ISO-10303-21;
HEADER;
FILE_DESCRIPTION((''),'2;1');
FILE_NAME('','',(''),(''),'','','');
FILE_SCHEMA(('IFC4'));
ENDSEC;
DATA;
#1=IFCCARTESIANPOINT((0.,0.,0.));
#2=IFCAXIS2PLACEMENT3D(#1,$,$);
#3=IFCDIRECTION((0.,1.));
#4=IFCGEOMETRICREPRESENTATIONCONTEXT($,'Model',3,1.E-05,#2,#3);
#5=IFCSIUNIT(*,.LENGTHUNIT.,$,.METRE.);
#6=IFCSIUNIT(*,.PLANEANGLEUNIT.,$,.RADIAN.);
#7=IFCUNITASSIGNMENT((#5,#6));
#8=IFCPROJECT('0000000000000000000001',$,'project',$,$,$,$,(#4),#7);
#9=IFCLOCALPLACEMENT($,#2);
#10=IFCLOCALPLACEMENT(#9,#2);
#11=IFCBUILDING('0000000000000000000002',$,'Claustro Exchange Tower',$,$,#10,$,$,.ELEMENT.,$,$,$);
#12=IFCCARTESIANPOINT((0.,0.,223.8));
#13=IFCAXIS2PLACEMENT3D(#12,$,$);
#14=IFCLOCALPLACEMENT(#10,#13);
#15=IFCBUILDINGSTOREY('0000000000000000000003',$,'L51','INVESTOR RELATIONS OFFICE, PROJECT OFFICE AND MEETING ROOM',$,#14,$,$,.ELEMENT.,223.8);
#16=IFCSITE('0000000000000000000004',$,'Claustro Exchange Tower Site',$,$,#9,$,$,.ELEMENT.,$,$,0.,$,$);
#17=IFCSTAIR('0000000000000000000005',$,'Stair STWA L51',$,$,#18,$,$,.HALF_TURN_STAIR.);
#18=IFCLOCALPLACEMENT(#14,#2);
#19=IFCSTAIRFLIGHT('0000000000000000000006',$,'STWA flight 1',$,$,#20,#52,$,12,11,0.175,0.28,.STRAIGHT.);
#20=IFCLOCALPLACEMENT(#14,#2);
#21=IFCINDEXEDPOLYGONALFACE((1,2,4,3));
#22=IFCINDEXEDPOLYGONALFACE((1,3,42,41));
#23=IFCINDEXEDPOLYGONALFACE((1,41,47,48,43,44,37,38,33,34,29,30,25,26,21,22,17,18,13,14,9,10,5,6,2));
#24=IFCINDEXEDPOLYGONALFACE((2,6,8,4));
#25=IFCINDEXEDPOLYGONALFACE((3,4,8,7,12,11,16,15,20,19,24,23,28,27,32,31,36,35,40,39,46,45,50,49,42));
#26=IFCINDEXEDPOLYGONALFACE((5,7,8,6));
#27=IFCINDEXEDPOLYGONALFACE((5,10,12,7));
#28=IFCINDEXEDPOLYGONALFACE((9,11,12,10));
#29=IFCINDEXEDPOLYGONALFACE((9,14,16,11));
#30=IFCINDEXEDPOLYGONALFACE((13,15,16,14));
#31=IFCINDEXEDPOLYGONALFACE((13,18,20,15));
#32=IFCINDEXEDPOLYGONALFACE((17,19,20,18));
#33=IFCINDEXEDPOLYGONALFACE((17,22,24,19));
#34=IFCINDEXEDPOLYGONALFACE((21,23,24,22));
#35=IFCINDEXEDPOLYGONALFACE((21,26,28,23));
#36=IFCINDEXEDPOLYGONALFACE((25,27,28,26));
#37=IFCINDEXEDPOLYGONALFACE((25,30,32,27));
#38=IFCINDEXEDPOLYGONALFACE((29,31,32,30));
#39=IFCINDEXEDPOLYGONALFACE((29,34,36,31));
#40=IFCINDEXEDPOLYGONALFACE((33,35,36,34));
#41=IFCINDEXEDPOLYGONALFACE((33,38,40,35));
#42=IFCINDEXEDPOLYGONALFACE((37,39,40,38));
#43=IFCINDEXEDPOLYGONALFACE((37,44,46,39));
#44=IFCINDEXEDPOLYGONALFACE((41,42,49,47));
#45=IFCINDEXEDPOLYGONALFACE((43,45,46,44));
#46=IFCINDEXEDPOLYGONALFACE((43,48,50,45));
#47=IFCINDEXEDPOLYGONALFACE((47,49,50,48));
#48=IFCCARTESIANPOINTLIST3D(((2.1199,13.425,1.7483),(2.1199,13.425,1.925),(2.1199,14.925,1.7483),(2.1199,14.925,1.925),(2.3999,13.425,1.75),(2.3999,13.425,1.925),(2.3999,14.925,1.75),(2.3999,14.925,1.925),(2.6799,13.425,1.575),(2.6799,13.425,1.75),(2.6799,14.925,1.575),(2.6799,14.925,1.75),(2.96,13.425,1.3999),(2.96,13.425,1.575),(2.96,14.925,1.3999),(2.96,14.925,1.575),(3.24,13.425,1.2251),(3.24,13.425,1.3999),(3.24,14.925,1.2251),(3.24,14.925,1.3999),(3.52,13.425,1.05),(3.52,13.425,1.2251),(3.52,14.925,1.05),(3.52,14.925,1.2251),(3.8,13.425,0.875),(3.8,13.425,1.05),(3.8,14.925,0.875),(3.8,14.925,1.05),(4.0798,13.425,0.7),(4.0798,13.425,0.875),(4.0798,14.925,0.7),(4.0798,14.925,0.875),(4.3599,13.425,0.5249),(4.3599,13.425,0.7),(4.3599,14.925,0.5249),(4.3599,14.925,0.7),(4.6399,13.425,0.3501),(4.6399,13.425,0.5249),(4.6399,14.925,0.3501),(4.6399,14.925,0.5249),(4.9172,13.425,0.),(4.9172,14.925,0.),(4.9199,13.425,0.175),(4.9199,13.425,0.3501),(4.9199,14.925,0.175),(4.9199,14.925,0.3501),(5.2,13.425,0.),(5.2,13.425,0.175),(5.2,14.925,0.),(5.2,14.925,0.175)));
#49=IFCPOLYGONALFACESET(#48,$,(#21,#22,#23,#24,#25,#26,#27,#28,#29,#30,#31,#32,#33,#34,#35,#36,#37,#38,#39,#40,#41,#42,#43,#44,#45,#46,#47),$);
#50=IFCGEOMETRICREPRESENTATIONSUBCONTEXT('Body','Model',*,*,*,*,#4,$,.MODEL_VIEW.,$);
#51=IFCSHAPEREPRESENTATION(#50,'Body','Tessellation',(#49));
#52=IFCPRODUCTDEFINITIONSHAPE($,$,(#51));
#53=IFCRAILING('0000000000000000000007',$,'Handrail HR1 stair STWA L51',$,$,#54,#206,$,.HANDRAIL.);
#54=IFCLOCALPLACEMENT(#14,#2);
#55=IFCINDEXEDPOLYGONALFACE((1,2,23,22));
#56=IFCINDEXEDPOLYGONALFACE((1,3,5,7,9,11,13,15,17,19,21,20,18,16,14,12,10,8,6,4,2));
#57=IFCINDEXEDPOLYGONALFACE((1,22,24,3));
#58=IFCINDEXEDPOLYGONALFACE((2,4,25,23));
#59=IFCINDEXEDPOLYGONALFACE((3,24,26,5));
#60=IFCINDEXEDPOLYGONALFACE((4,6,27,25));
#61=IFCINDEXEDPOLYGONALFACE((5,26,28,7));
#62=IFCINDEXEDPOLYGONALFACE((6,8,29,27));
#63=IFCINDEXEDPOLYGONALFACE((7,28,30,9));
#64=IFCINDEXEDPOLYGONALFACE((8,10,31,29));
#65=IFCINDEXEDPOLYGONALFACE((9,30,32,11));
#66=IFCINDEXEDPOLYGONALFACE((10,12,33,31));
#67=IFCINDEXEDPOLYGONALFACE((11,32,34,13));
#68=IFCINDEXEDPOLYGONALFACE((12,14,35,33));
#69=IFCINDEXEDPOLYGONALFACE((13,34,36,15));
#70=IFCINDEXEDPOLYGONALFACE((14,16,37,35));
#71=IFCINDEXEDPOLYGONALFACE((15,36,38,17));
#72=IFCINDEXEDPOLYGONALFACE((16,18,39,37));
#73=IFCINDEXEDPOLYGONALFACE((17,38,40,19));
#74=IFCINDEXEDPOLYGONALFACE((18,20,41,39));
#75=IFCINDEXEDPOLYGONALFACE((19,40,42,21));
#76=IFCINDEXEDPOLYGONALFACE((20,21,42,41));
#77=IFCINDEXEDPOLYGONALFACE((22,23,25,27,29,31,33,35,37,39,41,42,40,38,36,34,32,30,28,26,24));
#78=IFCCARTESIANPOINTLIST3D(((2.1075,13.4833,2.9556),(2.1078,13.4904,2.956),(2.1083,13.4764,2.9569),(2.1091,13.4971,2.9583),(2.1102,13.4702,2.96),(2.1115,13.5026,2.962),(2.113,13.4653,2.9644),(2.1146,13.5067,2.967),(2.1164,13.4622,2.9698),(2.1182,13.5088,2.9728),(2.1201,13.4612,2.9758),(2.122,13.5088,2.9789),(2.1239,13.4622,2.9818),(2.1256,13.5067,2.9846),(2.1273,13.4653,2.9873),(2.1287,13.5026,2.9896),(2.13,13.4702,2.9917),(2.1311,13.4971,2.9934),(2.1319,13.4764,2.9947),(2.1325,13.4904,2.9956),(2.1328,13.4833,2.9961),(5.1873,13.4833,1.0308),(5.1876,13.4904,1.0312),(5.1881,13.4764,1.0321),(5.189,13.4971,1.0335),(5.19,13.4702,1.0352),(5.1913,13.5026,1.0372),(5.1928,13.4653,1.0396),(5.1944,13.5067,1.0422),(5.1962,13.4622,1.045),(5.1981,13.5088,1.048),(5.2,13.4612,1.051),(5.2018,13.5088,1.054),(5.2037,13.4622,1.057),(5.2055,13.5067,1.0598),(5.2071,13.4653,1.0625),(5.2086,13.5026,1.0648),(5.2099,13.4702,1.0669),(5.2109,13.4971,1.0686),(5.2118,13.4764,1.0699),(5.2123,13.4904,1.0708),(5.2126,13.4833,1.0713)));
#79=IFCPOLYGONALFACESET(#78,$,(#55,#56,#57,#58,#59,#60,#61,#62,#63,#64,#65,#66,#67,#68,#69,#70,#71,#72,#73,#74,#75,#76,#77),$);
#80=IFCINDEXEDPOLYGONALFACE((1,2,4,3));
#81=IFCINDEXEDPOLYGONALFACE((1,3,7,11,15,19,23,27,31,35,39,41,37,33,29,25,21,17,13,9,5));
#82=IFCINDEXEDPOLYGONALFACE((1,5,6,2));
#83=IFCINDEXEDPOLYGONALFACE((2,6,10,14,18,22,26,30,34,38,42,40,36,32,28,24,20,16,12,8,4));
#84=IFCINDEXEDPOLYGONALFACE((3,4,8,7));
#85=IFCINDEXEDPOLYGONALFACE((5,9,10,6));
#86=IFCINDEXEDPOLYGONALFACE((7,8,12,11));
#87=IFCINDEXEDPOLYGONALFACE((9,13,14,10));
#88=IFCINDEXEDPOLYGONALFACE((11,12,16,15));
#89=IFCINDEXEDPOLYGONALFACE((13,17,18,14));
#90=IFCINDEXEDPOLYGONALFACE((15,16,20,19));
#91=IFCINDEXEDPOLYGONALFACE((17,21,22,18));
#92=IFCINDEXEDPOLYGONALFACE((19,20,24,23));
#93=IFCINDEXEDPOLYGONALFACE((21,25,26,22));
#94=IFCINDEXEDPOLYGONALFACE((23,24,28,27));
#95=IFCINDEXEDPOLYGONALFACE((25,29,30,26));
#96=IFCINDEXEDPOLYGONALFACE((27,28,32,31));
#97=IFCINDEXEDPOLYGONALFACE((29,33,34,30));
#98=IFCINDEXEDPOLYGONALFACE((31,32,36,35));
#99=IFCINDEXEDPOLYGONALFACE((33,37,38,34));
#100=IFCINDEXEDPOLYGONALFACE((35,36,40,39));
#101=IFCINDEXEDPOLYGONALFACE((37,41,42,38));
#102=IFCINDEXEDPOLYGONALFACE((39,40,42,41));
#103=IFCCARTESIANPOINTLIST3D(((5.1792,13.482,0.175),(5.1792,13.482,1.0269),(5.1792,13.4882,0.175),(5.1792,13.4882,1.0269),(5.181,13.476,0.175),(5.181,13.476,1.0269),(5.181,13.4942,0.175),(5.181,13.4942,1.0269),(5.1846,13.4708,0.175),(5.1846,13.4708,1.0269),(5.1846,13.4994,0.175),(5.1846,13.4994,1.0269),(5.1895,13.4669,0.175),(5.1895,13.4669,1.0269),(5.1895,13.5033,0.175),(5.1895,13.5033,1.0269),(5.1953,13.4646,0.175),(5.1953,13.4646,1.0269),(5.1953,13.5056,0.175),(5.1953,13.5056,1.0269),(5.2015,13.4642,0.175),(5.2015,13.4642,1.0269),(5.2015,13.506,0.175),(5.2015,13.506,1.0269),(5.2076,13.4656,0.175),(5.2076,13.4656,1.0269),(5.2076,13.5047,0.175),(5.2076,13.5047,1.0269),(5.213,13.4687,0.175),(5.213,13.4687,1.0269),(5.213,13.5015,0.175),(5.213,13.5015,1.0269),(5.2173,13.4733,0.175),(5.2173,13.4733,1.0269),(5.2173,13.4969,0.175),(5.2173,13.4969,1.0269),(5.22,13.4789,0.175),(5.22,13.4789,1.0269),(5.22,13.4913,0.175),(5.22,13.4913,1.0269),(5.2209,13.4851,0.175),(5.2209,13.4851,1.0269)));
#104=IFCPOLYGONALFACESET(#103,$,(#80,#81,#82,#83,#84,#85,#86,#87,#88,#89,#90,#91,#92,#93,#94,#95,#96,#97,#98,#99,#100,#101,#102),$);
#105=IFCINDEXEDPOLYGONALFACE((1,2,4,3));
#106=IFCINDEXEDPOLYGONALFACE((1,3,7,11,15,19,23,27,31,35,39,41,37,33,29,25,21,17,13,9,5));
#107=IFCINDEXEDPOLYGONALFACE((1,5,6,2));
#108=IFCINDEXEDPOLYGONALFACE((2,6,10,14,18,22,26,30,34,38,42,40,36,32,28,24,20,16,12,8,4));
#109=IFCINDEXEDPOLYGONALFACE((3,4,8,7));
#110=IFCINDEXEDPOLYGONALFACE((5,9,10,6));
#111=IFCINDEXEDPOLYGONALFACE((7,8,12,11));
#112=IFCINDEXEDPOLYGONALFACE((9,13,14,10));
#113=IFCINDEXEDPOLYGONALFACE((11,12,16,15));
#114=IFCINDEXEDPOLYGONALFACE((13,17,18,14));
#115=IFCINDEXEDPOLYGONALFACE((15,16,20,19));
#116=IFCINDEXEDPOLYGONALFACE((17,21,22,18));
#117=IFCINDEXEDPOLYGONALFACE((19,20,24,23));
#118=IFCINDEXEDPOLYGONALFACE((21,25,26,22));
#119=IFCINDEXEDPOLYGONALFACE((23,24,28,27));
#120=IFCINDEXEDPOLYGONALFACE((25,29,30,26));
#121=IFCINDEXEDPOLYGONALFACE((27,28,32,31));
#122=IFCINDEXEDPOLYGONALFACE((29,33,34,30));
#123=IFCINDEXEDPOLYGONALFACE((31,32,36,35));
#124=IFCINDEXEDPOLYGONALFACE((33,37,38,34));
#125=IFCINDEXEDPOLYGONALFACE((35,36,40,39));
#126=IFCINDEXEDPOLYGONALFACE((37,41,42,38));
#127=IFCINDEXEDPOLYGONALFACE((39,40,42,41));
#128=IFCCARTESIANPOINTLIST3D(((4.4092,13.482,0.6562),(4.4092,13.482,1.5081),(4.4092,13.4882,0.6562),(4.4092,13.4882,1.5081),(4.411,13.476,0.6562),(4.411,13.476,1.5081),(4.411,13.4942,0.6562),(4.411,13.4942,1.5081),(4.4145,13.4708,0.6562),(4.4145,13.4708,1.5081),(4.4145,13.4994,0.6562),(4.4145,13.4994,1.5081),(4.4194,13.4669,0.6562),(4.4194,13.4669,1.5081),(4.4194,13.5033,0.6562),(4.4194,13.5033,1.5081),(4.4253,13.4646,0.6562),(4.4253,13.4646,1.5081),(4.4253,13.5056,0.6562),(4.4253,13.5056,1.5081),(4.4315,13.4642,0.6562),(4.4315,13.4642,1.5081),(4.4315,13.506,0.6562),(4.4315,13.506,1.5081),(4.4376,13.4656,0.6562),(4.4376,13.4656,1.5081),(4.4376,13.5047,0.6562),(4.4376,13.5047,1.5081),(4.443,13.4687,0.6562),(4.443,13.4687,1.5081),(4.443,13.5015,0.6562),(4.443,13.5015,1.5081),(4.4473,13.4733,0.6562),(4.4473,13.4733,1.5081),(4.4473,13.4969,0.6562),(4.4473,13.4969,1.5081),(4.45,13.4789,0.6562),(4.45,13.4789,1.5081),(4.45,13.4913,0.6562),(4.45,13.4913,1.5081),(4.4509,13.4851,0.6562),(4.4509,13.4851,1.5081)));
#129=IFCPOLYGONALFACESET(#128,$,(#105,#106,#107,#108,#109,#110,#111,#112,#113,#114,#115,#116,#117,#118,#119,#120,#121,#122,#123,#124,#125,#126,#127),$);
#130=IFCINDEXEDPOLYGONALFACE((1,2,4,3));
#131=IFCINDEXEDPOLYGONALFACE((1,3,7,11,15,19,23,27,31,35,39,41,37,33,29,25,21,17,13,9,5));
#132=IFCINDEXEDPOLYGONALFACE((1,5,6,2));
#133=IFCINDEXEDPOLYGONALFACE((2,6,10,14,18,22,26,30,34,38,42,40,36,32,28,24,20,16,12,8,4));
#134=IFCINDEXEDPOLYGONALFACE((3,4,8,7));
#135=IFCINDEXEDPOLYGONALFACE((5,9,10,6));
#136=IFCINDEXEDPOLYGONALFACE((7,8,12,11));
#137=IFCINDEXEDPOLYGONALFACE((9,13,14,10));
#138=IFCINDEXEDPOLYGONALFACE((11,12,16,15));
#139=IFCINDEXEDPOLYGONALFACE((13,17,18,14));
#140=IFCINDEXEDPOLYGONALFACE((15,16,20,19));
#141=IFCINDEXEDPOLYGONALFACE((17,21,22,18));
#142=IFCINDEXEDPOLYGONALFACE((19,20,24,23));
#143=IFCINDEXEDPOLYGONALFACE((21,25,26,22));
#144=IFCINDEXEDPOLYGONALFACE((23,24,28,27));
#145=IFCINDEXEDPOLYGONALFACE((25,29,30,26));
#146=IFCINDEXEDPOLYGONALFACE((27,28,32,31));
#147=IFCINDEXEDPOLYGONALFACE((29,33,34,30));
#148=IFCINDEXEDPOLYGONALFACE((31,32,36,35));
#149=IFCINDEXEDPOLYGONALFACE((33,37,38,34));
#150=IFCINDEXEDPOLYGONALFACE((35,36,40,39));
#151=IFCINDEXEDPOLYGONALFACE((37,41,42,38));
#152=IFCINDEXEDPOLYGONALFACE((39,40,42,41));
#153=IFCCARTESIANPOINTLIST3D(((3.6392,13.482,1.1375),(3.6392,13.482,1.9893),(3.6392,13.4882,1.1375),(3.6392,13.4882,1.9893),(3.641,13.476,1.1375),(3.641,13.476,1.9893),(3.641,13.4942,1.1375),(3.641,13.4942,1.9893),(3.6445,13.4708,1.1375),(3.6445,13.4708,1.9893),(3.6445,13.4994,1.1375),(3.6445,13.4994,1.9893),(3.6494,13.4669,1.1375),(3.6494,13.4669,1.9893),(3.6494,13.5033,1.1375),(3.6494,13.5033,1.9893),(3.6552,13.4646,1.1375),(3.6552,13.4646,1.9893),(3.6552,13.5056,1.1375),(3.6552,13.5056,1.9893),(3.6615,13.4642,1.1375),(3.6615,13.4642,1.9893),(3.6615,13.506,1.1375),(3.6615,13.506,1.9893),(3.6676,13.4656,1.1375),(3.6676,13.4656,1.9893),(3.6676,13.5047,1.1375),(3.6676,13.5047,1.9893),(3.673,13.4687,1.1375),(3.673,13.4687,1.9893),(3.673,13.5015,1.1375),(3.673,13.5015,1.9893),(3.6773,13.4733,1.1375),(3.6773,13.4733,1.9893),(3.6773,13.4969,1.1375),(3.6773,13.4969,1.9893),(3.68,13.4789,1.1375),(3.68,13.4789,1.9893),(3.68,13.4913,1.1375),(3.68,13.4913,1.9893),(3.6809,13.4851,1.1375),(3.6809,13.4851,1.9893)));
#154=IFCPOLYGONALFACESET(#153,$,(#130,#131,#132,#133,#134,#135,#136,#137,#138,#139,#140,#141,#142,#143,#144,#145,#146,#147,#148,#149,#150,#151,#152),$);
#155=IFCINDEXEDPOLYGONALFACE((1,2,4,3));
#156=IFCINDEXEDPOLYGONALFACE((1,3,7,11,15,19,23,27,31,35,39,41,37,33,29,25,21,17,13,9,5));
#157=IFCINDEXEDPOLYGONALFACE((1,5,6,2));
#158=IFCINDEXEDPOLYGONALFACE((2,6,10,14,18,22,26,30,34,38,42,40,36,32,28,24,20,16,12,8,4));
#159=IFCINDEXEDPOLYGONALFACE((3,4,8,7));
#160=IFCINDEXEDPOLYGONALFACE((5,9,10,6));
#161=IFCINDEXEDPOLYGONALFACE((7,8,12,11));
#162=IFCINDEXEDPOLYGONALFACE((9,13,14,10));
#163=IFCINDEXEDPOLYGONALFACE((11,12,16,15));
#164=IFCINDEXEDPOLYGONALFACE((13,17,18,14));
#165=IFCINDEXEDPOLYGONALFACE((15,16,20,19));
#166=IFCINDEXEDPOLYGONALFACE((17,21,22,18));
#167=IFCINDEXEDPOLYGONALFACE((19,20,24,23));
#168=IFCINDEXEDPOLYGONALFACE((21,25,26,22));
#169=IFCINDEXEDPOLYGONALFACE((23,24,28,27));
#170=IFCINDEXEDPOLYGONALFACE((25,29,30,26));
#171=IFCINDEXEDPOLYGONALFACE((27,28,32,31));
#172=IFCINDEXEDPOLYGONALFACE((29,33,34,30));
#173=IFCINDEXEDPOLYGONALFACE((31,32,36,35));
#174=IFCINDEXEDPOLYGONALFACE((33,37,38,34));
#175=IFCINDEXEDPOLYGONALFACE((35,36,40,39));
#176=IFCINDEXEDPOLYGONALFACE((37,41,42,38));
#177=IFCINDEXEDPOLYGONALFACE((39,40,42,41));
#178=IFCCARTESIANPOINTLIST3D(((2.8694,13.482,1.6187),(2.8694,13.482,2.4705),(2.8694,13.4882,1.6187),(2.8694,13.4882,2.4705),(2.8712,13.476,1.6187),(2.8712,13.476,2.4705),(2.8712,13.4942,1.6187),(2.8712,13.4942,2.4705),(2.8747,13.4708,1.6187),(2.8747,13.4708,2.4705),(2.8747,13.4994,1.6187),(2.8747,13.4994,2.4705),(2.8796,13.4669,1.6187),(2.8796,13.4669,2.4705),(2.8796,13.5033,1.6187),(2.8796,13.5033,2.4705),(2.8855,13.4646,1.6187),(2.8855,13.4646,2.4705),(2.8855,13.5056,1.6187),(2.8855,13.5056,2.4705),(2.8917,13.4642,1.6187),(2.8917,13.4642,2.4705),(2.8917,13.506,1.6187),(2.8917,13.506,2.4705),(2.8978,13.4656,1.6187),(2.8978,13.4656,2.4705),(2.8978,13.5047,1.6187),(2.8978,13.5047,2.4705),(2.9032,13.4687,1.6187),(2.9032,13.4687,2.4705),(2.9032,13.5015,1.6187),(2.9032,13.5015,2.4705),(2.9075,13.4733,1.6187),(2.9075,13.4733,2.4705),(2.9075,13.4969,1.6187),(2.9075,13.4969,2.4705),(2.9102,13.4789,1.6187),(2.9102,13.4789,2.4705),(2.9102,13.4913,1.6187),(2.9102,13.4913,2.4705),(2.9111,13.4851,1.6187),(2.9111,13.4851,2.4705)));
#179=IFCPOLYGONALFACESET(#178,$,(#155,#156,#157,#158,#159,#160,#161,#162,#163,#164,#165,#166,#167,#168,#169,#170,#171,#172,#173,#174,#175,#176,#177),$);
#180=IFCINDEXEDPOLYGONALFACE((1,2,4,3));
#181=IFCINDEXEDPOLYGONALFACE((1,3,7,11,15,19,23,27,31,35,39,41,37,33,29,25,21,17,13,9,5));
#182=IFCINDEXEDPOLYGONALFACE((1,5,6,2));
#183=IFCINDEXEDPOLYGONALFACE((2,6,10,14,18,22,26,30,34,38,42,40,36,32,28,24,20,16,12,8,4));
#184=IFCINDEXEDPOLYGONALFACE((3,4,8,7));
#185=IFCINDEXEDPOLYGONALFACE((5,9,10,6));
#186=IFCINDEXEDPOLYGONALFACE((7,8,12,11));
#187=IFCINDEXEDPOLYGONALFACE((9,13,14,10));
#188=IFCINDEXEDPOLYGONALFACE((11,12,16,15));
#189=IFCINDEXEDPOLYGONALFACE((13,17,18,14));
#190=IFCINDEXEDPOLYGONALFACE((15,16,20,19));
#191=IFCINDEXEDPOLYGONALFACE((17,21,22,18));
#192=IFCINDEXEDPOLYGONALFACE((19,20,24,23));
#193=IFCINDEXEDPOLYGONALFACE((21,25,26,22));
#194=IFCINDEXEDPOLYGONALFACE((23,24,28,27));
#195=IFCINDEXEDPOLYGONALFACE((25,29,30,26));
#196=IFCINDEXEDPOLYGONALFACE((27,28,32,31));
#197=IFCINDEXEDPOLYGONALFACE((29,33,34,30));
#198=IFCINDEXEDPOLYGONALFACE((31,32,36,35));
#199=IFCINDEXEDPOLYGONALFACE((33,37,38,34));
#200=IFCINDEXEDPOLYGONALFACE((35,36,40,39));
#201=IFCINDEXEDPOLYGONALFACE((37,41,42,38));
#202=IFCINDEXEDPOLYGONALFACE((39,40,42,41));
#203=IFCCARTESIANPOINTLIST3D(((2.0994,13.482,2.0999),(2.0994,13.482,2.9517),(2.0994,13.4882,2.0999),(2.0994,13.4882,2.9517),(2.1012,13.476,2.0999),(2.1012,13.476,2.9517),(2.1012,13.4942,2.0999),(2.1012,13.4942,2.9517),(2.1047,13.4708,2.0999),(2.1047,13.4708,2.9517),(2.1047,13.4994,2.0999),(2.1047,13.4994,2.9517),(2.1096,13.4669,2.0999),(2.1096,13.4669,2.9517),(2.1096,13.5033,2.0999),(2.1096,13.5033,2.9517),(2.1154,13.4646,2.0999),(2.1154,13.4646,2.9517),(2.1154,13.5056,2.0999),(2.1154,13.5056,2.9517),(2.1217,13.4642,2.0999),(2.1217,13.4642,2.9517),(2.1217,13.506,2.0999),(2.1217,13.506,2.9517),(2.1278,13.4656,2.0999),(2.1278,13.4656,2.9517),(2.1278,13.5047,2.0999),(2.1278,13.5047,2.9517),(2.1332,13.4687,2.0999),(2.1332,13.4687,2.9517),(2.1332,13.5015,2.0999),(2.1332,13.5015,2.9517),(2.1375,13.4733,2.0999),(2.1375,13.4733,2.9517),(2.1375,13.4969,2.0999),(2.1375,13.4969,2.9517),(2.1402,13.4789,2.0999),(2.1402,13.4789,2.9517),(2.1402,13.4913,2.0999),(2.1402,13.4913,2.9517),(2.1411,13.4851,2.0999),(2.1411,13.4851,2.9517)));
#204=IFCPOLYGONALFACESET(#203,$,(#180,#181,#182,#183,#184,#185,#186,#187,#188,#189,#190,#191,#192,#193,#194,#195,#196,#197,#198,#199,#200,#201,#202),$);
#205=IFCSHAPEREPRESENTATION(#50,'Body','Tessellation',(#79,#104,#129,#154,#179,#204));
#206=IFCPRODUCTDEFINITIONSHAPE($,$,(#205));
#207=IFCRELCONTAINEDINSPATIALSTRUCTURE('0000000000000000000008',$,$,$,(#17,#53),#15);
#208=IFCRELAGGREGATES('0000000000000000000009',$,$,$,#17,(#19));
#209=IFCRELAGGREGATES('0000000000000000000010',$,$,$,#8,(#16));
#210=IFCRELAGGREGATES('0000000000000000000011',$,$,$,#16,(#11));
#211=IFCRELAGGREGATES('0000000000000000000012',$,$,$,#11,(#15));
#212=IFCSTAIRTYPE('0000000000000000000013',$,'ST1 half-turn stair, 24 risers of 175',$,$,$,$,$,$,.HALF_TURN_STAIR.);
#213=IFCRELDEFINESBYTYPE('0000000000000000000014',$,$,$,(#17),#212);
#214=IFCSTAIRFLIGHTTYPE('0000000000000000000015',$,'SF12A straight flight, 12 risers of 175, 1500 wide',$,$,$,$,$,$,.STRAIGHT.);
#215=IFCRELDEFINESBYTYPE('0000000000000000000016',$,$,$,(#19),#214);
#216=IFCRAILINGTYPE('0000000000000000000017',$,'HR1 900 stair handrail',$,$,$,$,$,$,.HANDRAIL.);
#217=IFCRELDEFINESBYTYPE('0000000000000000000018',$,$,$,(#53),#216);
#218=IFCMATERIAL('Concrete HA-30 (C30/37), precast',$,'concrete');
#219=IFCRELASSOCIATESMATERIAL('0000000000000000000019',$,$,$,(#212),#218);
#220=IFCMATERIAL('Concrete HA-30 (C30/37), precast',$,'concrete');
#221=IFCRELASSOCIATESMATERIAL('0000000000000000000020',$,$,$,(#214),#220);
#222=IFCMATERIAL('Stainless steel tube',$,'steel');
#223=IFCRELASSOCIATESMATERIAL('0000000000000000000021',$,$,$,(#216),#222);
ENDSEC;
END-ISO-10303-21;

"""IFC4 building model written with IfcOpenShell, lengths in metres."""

from ifc_helpers import new_model, si_unit, direction, frame, origin, origin_2d, place, context, subcontext, project, spatial, polyline, circle, outline, extrude, material, type_object, element, aggregate, save


model = new_model("IFC4")

# Units and contexts
model_context = context("Model", 3, precision=1e-05, world=origin(), true_north=direction((0.0, 1.0)))
body_context = subcontext(model_context, "Body", "Model", "MODEL_VIEW")
ifc_project = project(units=[si_unit("LENGTHUNIT", "METRE"), si_unit("PLANEANGLEUNIT", "RADIAN")], contexts=[model_context])

# Site, building, storey
site_placement = place(None, origin())
site = spatial("IfcSite", under=ifc_project, at=site_placement, Name="Claustro Exchange Tower Site", CompositionType="ELEMENT", RefElevation=0.0)
building_placement = place(site_placement, origin())
building = spatial("IfcBuilding", under=site, at=building_placement, Name="Claustro Exchange Tower", CompositionType="ELEMENT")
storey_placement = place(building_placement, frame((0.0, 0.0, 223.8)))
storey = spatial("IfcBuildingStorey", under=building, at=storey_placement, Name="L51", Description="INVESTOR RELATIONS OFFICE, PROJECT OFFICE AND MEETING ROOM", CompositionType="ELEMENT", Elevation=223.8)

# Stair, stair flight
ifc_material_1 = material(Name="Concrete HA-30 (C30/37), precast", Category="concrete")
stair_type = type_object("IfcStairType", Name="ST1 half-turn stair, 24 risers of 175", PredefinedType="HALF_TURN_STAIR", material=ifc_material_1)
stair_placement = place(storey_placement, origin())
stair = element("IfcStair", 1, at=stair_placement, inside=storey, type_object=stair_type, Name="Stair STWA L51", PredefinedType="HALF_TURN_STAIR")
ifc_material_2 = material(Name="Concrete HA-30 (C30/37), precast", Category="concrete")
stair_flight_type = type_object("IfcStairFlightType", Name="SF12A straight flight, 12 risers of 175, 1500 wide", PredefinedType="STRAIGHT", material=ifc_material_2)
stair_flight_placement = place(storey_placement, frame((5.2, 14.175, 0.0), z_axis=(0.0, 0.0, 1.0), x_axis=(-1.0, 0.0, 0.0)))
stair_flight = element("IfcStairFlight", 2, at=stair_flight_placement, type_object=stair_flight_type, Name="STWA flight 1", NumberOfRisers=12, NumberOfTreads=11, PredefinedType="STRAIGHT", RiserHeight=0.175, TreadLength=0.28, context=body_context, shape_type="SweptSolid", body=[
    extrude(outline(polyline([(0.0, 0.0), (0.0, 0.175), (0.28, 0.175), (0.28, 0.3501), (0.5601, 0.3501), (0.5601, 0.5249), (0.8401, 0.5249), (0.8401, 0.7), (1.1201, 0.7), (1.1201, 0.875), (1.3999, 0.875), (1.3999, 1.05), (1.6799, 1.05), (1.6799, 1.2251), (1.96, 1.2251), (1.96, 1.3999), (2.24, 1.3999), (2.24, 1.575), (2.52, 1.575), (2.52, 1.75), (2.8, 1.75), (2.8, 1.925), (3.0801, 1.925), (3.0801, 2.1001), (3.0801, 1.7483), (0.2827, 0.0), (0.0, 0.0)])), frame((0.0, 0.75, 0.0), z_axis=(0.0, -1.0, 0.0), x_axis=(1.0, 0.0, 0.0)), (0.0, 0.0, 1.0), 1.5),
])
aggregate(stair, [stair_flight])

# Railing
ifc_material_3 = material(Name="Stainless steel tube", Category="steel")
railing_type = type_object("IfcRailingType", Name="HR1 900 stair handrail", PredefinedType="HANDRAIL", material=ifc_material_3)
railing_placement = place(storey_placement, frame((5.2, 13.4851, 0.175)))
element("IfcRailing", 3, at=railing_placement, inside=storey, type_object=railing_type, Name="Handrail HR1 stair STWA L51", PredefinedType="HANDRAIL", context=body_context, shape_type="SweptSolid", body=[
    extrude(circle(Radius=0.0239, at=origin_2d()), frame((0.0, 0.0, 0.876), z_axis=(-0.84801, 0.0, 0.529981), x_axis=(0.0, -1.0, 0.0)), (0.0, 0.0, 1.0), 3.6318),
    extrude(circle(Radius=0.021, at=origin_2d()), origin(), (0.0, 0.0, 1.0), 0.8518),
    extrude(circle(Radius=0.021, at=origin_2d()), frame((-0.77, 0.0, 0.4812)), (0.0, 0.0, 1.0), 0.8518),
    extrude(circle(Radius=0.021, at=origin_2d()), frame((-1.54, 0.0, 0.9624)), (0.0, 0.0, 1.0), 0.8518),
    extrude(circle(Radius=0.021, at=origin_2d()), frame((-2.3098, 0.0, 1.4436)), (0.0, 0.0, 1.0), 0.8518),
    extrude(circle(Radius=0.021, at=origin_2d()), frame((-3.0798, 0.0, 1.9248)), (0.0, 0.0, 1.0), 0.8518),
])

save(model, "model.ifc")
